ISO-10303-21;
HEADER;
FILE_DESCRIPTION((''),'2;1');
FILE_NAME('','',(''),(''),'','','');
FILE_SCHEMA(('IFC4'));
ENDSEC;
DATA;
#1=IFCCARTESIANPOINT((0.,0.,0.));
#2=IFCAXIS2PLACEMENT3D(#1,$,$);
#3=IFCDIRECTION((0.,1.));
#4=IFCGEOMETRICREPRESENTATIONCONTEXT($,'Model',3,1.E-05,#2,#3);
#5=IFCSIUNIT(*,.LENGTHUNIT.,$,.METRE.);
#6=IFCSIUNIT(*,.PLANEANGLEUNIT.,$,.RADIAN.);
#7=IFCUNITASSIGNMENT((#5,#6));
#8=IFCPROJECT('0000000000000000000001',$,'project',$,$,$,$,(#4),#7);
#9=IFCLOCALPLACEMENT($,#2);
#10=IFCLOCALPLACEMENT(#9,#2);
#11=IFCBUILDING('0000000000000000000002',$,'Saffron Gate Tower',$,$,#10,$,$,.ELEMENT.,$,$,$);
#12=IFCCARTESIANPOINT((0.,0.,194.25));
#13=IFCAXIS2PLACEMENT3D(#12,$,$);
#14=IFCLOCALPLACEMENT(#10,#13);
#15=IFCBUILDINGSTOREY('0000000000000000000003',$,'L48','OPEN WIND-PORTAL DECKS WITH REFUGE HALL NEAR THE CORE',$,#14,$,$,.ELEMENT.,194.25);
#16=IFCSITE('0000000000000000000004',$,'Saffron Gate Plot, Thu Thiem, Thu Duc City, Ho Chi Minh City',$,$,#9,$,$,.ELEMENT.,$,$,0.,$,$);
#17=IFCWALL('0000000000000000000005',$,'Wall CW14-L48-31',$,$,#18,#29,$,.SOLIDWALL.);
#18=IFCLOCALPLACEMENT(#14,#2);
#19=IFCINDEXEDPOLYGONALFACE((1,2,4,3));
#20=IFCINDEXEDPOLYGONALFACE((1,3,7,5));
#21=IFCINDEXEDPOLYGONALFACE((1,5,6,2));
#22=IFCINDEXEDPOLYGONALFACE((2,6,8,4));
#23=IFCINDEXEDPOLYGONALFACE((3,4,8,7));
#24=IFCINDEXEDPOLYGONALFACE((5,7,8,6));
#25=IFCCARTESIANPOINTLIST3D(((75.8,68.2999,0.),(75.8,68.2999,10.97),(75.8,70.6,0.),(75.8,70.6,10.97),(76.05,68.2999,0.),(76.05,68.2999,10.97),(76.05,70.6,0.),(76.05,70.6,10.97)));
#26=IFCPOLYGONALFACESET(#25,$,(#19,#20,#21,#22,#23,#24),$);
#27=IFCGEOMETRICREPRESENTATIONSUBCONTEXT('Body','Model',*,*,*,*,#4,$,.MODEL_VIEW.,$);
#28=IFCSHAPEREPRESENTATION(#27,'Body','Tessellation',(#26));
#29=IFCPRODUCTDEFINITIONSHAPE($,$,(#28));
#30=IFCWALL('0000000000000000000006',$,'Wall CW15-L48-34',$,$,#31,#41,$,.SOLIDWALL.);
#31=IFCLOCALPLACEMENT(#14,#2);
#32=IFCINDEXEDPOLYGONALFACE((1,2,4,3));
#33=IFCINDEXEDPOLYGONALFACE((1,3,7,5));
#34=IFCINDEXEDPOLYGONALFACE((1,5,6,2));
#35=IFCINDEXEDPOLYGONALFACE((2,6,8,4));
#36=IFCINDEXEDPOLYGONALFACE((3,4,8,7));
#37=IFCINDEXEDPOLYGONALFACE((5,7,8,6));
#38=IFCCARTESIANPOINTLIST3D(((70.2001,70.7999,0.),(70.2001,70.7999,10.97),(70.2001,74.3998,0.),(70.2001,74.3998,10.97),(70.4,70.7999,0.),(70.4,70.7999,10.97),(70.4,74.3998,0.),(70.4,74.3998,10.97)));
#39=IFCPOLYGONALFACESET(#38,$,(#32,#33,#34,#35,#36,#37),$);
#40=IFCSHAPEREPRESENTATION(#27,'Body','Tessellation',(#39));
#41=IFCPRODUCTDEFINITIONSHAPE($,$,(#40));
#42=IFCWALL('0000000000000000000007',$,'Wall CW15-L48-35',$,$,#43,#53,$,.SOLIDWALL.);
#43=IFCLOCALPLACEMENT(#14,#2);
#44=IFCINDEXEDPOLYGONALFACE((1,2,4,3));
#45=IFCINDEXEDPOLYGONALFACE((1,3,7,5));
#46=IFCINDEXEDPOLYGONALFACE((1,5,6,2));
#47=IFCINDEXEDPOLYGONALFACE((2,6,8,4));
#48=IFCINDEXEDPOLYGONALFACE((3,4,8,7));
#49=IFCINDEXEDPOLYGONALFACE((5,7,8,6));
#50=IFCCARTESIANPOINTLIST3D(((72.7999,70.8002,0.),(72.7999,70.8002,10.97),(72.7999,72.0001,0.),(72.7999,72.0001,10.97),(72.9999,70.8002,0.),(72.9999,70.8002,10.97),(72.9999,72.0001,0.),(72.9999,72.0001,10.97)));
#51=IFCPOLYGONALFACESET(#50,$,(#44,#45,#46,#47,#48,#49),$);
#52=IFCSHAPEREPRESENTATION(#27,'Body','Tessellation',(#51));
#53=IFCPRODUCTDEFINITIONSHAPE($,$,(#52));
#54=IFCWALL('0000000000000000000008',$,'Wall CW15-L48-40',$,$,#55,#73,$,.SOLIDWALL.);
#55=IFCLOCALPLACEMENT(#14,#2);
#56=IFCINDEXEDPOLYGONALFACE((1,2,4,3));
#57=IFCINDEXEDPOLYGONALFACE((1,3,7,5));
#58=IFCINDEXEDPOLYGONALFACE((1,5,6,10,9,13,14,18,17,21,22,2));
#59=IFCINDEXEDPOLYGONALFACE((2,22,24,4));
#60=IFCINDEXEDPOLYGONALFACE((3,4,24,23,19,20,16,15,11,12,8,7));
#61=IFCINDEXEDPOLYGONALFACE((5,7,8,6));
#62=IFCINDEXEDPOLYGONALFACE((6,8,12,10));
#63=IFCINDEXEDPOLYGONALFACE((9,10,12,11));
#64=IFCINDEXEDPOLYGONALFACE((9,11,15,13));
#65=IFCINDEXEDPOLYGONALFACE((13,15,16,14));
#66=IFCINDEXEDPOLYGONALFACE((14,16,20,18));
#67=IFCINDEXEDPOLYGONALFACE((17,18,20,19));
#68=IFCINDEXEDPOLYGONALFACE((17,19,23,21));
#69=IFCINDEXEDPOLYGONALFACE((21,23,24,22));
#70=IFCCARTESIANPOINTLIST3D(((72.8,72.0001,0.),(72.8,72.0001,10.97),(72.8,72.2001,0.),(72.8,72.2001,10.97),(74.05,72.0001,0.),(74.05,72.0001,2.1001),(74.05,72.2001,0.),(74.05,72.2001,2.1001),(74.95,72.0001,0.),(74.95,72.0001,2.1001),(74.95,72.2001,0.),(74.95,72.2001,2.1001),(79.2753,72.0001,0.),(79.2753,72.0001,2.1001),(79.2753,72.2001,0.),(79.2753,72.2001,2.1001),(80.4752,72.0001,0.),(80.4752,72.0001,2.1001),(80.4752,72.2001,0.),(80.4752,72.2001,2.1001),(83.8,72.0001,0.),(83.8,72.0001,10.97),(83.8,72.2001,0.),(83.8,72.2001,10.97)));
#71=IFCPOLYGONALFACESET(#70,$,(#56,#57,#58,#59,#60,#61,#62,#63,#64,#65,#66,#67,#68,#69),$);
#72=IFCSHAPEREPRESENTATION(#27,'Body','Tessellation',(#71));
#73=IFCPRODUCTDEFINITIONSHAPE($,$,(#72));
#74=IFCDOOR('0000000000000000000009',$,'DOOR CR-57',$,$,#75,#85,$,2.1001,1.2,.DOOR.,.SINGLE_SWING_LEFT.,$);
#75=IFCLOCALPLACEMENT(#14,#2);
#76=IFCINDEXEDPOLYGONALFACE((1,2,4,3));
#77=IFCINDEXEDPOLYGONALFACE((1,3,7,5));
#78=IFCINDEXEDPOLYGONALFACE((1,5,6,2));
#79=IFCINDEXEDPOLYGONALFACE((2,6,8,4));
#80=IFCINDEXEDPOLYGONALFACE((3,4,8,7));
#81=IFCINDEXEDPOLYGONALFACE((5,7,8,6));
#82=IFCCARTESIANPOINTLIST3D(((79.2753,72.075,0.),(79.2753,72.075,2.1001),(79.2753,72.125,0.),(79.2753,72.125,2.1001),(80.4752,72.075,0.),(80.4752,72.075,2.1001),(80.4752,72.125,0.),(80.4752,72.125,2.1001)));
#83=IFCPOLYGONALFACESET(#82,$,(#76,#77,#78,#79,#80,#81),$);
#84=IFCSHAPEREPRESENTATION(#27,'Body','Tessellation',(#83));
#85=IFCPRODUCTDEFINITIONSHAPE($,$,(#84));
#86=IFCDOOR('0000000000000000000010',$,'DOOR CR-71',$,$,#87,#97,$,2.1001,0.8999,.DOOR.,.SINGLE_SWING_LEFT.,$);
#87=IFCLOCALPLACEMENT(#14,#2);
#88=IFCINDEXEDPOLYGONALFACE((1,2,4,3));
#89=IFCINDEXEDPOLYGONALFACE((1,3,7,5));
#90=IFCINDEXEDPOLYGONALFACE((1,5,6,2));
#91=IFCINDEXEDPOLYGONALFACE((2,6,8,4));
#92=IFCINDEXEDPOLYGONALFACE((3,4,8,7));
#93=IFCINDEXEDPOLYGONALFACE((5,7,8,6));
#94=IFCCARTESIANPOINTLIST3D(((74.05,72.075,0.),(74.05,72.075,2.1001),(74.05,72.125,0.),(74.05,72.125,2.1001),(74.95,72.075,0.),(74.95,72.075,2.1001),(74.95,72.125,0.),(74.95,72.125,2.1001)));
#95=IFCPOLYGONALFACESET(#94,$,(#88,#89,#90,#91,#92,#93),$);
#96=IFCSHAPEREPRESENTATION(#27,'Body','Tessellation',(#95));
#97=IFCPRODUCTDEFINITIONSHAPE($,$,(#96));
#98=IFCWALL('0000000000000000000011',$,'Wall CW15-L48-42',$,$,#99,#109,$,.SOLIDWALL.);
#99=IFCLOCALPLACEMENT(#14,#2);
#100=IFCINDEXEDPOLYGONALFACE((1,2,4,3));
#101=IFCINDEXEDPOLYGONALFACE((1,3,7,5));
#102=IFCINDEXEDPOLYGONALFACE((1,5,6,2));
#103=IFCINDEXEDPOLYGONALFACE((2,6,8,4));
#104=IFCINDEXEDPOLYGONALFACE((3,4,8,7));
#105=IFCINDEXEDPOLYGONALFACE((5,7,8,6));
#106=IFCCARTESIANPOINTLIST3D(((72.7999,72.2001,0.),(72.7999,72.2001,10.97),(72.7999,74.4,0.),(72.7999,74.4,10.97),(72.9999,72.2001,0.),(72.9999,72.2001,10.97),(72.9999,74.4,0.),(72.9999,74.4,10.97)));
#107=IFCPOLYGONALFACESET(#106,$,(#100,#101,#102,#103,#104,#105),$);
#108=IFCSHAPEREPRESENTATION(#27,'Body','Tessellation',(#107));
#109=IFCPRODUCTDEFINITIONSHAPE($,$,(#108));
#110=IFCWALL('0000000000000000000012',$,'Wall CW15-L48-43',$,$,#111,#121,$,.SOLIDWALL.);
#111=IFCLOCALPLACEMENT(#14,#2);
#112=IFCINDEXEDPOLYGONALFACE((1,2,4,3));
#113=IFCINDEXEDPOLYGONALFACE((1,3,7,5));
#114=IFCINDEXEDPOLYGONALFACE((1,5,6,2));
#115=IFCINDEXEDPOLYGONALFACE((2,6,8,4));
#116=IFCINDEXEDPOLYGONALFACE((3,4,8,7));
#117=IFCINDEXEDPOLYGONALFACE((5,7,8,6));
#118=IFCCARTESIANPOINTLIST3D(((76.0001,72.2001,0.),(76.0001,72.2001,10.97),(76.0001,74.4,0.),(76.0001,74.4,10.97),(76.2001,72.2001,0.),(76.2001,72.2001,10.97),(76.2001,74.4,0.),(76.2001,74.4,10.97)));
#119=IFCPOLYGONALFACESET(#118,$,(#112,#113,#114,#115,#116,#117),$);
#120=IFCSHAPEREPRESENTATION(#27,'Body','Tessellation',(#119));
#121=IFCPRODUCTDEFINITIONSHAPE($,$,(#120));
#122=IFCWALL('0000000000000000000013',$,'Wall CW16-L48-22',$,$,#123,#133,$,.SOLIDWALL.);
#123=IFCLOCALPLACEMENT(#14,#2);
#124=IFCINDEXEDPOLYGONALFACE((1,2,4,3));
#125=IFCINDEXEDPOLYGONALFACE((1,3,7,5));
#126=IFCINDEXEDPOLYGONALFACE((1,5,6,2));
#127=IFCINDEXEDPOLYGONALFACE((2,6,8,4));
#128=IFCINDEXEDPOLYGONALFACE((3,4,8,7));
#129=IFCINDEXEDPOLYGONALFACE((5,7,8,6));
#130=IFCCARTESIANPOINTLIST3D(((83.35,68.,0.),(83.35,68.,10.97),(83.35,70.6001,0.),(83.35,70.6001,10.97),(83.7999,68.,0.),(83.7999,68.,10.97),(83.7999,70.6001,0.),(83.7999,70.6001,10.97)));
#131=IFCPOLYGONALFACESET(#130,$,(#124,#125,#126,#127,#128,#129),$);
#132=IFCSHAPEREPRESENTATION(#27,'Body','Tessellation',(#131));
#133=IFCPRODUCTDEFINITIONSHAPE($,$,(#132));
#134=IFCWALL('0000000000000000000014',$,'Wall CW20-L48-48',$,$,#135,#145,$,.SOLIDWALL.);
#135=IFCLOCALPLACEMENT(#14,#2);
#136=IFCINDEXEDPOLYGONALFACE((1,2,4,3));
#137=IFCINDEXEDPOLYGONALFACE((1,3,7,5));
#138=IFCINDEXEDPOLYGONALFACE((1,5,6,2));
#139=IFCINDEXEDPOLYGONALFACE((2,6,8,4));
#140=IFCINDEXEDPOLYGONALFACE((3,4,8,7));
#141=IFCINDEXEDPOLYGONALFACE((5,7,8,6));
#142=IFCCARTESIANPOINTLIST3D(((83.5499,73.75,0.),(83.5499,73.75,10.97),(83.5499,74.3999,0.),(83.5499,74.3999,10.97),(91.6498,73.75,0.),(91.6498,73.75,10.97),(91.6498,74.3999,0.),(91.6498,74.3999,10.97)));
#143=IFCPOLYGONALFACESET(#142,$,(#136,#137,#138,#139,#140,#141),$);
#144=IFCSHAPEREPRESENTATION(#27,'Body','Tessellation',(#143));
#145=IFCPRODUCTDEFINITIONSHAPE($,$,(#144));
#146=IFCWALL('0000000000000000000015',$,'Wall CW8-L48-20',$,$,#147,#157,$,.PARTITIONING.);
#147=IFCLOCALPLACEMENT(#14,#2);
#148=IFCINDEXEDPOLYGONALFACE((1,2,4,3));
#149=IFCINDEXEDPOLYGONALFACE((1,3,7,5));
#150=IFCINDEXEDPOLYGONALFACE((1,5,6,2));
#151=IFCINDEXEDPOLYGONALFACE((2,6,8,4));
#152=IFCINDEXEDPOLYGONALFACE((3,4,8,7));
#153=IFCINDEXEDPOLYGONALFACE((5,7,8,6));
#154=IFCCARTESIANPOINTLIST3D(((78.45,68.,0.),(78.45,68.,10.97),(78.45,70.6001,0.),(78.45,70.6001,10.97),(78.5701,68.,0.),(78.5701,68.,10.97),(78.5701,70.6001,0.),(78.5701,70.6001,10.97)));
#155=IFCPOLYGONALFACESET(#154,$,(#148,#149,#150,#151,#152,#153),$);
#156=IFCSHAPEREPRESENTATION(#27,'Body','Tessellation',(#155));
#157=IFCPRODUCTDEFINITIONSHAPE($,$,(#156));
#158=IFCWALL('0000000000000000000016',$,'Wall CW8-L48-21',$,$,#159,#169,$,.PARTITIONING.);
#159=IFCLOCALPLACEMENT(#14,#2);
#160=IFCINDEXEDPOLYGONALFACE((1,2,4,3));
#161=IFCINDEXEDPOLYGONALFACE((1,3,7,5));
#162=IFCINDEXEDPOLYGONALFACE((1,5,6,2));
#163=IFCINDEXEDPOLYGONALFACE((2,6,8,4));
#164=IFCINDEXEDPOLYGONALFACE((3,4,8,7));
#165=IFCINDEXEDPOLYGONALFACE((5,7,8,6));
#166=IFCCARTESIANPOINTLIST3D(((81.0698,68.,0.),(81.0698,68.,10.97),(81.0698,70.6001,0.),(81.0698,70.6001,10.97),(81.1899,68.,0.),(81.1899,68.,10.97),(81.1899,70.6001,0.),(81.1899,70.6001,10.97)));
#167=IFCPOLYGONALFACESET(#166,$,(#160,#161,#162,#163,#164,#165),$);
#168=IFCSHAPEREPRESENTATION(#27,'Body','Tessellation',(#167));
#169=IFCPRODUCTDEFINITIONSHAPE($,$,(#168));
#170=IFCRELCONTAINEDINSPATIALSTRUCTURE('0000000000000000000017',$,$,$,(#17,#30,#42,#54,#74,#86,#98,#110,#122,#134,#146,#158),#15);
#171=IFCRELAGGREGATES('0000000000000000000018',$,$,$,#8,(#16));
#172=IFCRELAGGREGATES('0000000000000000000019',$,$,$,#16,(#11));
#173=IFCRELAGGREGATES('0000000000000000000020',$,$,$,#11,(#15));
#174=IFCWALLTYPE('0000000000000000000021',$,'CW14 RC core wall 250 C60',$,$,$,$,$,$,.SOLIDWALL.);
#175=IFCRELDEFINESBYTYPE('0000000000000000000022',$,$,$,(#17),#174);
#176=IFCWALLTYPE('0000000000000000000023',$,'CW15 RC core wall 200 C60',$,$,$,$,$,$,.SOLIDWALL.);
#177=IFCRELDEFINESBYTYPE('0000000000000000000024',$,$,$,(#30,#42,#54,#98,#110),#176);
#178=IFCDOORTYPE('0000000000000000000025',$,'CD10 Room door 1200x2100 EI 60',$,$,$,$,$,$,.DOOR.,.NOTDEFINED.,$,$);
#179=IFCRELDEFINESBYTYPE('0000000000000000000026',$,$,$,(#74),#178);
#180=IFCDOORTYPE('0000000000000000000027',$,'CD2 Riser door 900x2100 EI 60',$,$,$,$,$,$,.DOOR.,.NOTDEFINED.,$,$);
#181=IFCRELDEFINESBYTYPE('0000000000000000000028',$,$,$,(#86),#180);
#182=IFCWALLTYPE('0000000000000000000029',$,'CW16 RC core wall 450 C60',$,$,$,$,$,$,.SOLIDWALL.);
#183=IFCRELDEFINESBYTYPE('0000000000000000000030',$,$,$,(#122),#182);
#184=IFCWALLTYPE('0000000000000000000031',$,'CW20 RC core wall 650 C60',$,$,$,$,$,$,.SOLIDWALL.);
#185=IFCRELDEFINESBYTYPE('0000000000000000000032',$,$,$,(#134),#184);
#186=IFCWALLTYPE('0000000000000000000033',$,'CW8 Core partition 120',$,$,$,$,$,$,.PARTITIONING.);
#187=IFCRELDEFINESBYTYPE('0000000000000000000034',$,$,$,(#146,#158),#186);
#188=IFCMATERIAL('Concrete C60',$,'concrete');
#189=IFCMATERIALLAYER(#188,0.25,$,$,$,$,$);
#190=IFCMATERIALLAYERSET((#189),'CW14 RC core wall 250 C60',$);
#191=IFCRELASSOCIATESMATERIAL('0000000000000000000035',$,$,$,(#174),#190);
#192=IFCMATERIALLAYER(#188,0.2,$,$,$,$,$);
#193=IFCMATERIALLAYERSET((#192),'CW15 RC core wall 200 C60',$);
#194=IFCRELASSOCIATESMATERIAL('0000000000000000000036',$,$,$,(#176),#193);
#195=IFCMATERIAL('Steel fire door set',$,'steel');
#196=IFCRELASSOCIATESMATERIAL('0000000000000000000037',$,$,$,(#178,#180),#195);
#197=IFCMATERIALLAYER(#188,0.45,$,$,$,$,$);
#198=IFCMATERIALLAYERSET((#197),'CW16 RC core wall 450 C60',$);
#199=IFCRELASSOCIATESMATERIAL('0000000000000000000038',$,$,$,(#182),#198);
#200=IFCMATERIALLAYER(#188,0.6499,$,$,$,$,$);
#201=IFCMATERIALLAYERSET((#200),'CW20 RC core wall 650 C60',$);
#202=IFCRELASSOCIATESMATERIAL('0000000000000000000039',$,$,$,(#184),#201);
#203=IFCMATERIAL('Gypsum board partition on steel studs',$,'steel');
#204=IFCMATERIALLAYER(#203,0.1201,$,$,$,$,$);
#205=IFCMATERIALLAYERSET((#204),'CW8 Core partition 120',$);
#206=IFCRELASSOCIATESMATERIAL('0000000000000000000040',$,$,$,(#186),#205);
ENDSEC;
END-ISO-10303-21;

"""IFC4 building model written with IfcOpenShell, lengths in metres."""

from ifc_helpers import new_model, si_unit, direction, frame, frame_2d, origin, place, context, subcontext, project, spatial, rectangle, extrude, material, layer, layer_set, type_object, element, fill, save


model = new_model("IFC4")

# Units and contexts
model_context = context("Model", 3, precision=1e-05, world=origin(), true_north=direction((0.0, 1.0)))
body_context = subcontext(model_context, "Body", "Model", "MODEL_VIEW")
ifc_project = project(units=[si_unit("LENGTHUNIT", "METRE"), si_unit("PLANEANGLEUNIT", "RADIAN")], contexts=[model_context])

# Site, building, storey
site_placement = place(None, origin())
site = spatial("IfcSite", under=ifc_project, at=site_placement, Name="Saffron Gate Plot, Thu Thiem, Thu Duc City, Ho Chi Minh City", CompositionType="ELEMENT", RefElevation=0.0)
building_placement = place(site_placement, origin())
building = spatial("IfcBuilding", under=site, at=building_placement, Name="Saffron Gate Tower", CompositionType="ELEMENT")
storey_placement = place(building_placement, frame((0.0, 0.0, 194.25)))
storey = spatial("IfcBuildingStorey", under=building, at=storey_placement, Name="L48", Description="OPEN WIND-PORTAL DECKS WITH REFUGE HALL NEAR THE CORE", CompositionType="ELEMENT", Elevation=194.25)

# Wall
ifc_material_1 = material(Name="Concrete C60", Category="concrete")
ifc_layer_1 = layer(ifc_material_1, 0.25)
ifc_layer_set_1 = layer_set([ifc_layer_1], Name="CW14 RC core wall 250 C60")
wall_type_1 = type_object("IfcWallType", Name="CW14 RC core wall 250 C60", PredefinedType="SOLIDWALL", material=ifc_layer_set_1)
wall_1_placement = place(storey_placement, frame((75.925, 68.3, 0.0), z_axis=(0.0, 0.0, 1.0), x_axis=(0.0, 1.0, 0.0)))
element("IfcWall", 1, at=wall_1_placement, inside=storey, type_object=wall_type_1, Name="Wall CW14-L48-31", PredefinedType="SOLIDWALL", context=body_context, shape_type="SweptSolid", body=[
    extrude(rectangle(XDim=2.3, YDim=0.25, at=frame_2d((1.1499, 0.0))), origin(), (0.0, 0.0, 1.0), 10.97),
])

# Shared definitions
ifc_layer_2 = layer(ifc_material_1, 0.2)
ifc_layer_set_2 = layer_set([ifc_layer_2], Name="CW15 RC core wall 200 C60")
wall_type_2 = type_object("IfcWallType", Name="CW15 RC core wall 200 C60", PredefinedType="SOLIDWALL", material=ifc_layer_set_2)
ifc_material_2 = material(Name="Steel fire door set", Category="steel")

# Walls
wall_2_placement = place(storey_placement, frame((70.3, 70.8, 0.0), z_axis=(0.0, 0.0, 1.0), x_axis=(0.0, 1.0, 0.0)))
element("IfcWall", 2, at=wall_2_placement, inside=storey, type_object=wall_type_2, Name="Wall CW15-L48-34", PredefinedType="SOLIDWALL", context=body_context, shape_type="SweptSolid", body=[
    extrude(rectangle(XDim=3.5999, YDim=0.2, at=frame_2d((1.7998, 0.0))), origin(), (0.0, 0.0, 1.0), 10.97),
])
wall_3_placement = place(storey_placement, frame((72.8999, 70.8, 0.0), z_axis=(0.0, 0.0, 1.0), x_axis=(0.0, 1.0, 0.0)))
element("IfcWall", 3, at=wall_3_placement, inside=storey, type_object=wall_type_2, Name="Wall CW15-L48-35", PredefinedType="SOLIDWALL", context=body_context, shape_type="SweptSolid", body=[
    extrude(rectangle(XDim=1.2, YDim=0.2, at=frame_2d((0.6001, 0.0))), origin(), (0.0, 0.0, 1.0), 10.97),
])

# Wall, openings, doors
wall_4_placement = place(storey_placement, frame((72.8, 72.1001, 0.0), z_axis=(0.0, 0.0, 1.0), x_axis=(1.0, 0.0, 0.0)))
wall_4 = element("IfcWall", 4, at=wall_4_placement, inside=storey, type_object=wall_type_2, Name="Wall CW15-L48-40", PredefinedType="SOLIDWALL", context=body_context, shape_type="SweptSolid", body=[
    extrude(rectangle(XDim=11.0, YDim=0.2, at=frame_2d((5.5, 0.0))), origin(), (0.0, 0.0, 1.0), 10.97),
])
opening_1_placement = place(wall_4_placement, frame((1.25, 0.0, 0.0)))
opening_1 = element("IfcOpeningElement", 5, at=opening_1_placement, cuts=wall_4, PredefinedType="OPENING", context=body_context, shape_type="SweptSolid", body=[
    extrude(rectangle(XDim=0.8999, YDim=2.1001, at=frame_2d((0.45, 1.05))), frame((0.0, 0.1099, 0.0), z_axis=(0.0, -1.0, 0.0), x_axis=(1.0, 0.0, 0.0)), (0.0, 0.0, 1.0), 0.22),
])
opening_2_placement = place(wall_4_placement, frame((6.4751, 0.0, 0.0)))
opening_2 = element("IfcOpeningElement", 6, at=opening_2_placement, cuts=wall_4, PredefinedType="OPENING", context=body_context, shape_type="SweptSolid", body=[
    extrude(rectangle(XDim=1.2, YDim=2.1001, at=frame_2d((0.6001, 1.05))), frame((0.0, 0.1099, 0.0), z_axis=(0.0, -1.0, 0.0), x_axis=(1.0, 0.0, 0.0)), (0.0, 0.0, 1.0), 0.22),
])
door_type_1 = type_object("IfcDoorType", Name="CD10 Room door 1200x2100 EI 60", OperationType="NOTDEFINED", PredefinedType="DOOR", material=ifc_material_2)
door_1_placement = place(opening_2_placement, origin())
door_1 = element("IfcDoor", 7, at=door_1_placement, inside=storey, type_object=door_type_1, Name="DOOR CR-57", OperationType="SINGLE_SWING_LEFT", OverallHeight=2.1001, OverallWidth=1.2, PredefinedType="DOOR", context=body_context, shape_type="SweptSolid", body=[
    extrude(rectangle(XDim=1.2, YDim=2.1001, at=frame_2d((0.6001, 1.05))), frame((0.0, 0.0249, 0.0), z_axis=(0.0, -1.0, 0.0), x_axis=(1.0, 0.0, 0.0)), (0.0, 0.0, 1.0), 0.05),
])
fill(opening_2, door_1)
door_type_2 = type_object("IfcDoorType", Name="CD2 Riser door 900x2100 EI 60", OperationType="NOTDEFINED", PredefinedType="DOOR", material=ifc_material_2)
door_2_placement = place(opening_1_placement, origin())
door_2 = element("IfcDoor", 8, at=door_2_placement, inside=storey, type_object=door_type_2, Name="DOOR CR-71", OperationType="SINGLE_SWING_LEFT", OverallHeight=2.1001, OverallWidth=0.8999, PredefinedType="DOOR", context=body_context, shape_type="SweptSolid", body=[
    extrude(rectangle(XDim=0.8999, YDim=2.1001, at=frame_2d((0.45, 1.05))), frame((0.0, 0.0249, 0.0), z_axis=(0.0, -1.0, 0.0), x_axis=(1.0, 0.0, 0.0)), (0.0, 0.0, 1.0), 0.05),
])
fill(opening_1, door_2)

# Walls
for number, where, z_axis, x_axis, name in (
    (9, (72.8999, 72.2, 0.0), (0.0, 0.0, 1.0), (0.0, 1.0, 0.0), "Wall CW15-L48-42"),
    (10, (76.1001, 72.2, 0.0), (0.0, 0.0, 1.0), (0.0, 1.0, 0.0), "Wall CW15-L48-43"),
):
    element("IfcWall", number, at=place(storey_placement, frame(where, z_axis=z_axis, x_axis=x_axis)), inside=storey, type_object=wall_type_2, Name=name, PredefinedType="SOLIDWALL", context=body_context, shape_type="SweptSolid", body=[
        extrude(rectangle(XDim=2.2, YDim=0.2, at=frame_2d((1.1001, 0.0))), origin(), (0.0, 0.0, 1.0), 10.97),
    ])
ifc_layer_3 = layer(ifc_material_1, 0.45)
ifc_layer_set_3 = layer_set([ifc_layer_3], Name="CW16 RC core wall 450 C60")
wall_type_3 = type_object("IfcWallType", Name="CW16 RC core wall 450 C60", PredefinedType="SOLIDWALL", material=ifc_layer_set_3)
wall_5_placement = place(storey_placement, frame((83.575, 68.0, 0.0), z_axis=(0.0, 0.0, 1.0), x_axis=(0.0, 1.0, 0.0)))
element("IfcWall", 11, at=wall_5_placement, inside=storey, type_object=wall_type_3, Name="Wall CW16-L48-22", PredefinedType="SOLIDWALL", context=body_context, shape_type="SweptSolid", body=[
    extrude(rectangle(XDim=2.6001, YDim=0.45, at=frame_2d((1.3, 0.0))), origin(), (0.0, 0.0, 1.0), 10.97),
])
ifc_layer_4 = layer(ifc_material_1, 0.6499)
ifc_layer_set_4 = layer_set([ifc_layer_4], Name="CW20 RC core wall 650 C60")
wall_type_4 = type_object("IfcWallType", Name="CW20 RC core wall 650 C60", PredefinedType="SOLIDWALL", material=ifc_layer_set_4)
wall_6_placement = place(storey_placement, frame((83.55, 74.075, 0.0), z_axis=(0.0, 0.0, 1.0), x_axis=(1.0, 0.0, 0.0)))
element("IfcWall", 12, at=wall_6_placement, inside=storey, type_object=wall_type_4, Name="Wall CW20-L48-48", PredefinedType="SOLIDWALL", context=body_context, shape_type="SweptSolid", body=[
    extrude(rectangle(XDim=8.0999, YDim=0.6499, at=frame_2d((4.0498, 0.0))), origin(), (0.0, 0.0, 1.0), 10.97),
])
ifc_material_3 = material(Name="Gypsum board partition on steel studs", Category="steel")
ifc_layer_5 = layer(ifc_material_3, 0.1201)
ifc_layer_set_5 = layer_set([ifc_layer_5], Name="CW8 Core partition 120")
wall_type_5 = type_object("IfcWallType", Name="CW8 Core partition 120", PredefinedType="PARTITIONING", material=ifc_layer_set_5)
for number, where, z_axis, x_axis, name in (
    (13, (78.51, 68.0, 0.0), (0.0, 0.0, 1.0), (0.0, 1.0, 0.0), "Wall CW8-L48-20"),
    (14, (81.1299, 68.0, 0.0), (0.0, 0.0, 1.0), (0.0, 1.0, 0.0), "Wall CW8-L48-21"),
):
    element("IfcWall", number, at=place(storey_placement, frame(where, z_axis=z_axis, x_axis=x_axis)), inside=storey, type_object=wall_type_5, Name=name, PredefinedType="PARTITIONING", context=body_context, shape_type="SweptSolid", body=[
        extrude(rectangle(XDim=2.6001, YDim=0.1201, at=frame_2d((1.3, 0.0))), origin(), (0.0, 0.0, 1.0), 10.97),
    ])

save(model, "model.ifc")
